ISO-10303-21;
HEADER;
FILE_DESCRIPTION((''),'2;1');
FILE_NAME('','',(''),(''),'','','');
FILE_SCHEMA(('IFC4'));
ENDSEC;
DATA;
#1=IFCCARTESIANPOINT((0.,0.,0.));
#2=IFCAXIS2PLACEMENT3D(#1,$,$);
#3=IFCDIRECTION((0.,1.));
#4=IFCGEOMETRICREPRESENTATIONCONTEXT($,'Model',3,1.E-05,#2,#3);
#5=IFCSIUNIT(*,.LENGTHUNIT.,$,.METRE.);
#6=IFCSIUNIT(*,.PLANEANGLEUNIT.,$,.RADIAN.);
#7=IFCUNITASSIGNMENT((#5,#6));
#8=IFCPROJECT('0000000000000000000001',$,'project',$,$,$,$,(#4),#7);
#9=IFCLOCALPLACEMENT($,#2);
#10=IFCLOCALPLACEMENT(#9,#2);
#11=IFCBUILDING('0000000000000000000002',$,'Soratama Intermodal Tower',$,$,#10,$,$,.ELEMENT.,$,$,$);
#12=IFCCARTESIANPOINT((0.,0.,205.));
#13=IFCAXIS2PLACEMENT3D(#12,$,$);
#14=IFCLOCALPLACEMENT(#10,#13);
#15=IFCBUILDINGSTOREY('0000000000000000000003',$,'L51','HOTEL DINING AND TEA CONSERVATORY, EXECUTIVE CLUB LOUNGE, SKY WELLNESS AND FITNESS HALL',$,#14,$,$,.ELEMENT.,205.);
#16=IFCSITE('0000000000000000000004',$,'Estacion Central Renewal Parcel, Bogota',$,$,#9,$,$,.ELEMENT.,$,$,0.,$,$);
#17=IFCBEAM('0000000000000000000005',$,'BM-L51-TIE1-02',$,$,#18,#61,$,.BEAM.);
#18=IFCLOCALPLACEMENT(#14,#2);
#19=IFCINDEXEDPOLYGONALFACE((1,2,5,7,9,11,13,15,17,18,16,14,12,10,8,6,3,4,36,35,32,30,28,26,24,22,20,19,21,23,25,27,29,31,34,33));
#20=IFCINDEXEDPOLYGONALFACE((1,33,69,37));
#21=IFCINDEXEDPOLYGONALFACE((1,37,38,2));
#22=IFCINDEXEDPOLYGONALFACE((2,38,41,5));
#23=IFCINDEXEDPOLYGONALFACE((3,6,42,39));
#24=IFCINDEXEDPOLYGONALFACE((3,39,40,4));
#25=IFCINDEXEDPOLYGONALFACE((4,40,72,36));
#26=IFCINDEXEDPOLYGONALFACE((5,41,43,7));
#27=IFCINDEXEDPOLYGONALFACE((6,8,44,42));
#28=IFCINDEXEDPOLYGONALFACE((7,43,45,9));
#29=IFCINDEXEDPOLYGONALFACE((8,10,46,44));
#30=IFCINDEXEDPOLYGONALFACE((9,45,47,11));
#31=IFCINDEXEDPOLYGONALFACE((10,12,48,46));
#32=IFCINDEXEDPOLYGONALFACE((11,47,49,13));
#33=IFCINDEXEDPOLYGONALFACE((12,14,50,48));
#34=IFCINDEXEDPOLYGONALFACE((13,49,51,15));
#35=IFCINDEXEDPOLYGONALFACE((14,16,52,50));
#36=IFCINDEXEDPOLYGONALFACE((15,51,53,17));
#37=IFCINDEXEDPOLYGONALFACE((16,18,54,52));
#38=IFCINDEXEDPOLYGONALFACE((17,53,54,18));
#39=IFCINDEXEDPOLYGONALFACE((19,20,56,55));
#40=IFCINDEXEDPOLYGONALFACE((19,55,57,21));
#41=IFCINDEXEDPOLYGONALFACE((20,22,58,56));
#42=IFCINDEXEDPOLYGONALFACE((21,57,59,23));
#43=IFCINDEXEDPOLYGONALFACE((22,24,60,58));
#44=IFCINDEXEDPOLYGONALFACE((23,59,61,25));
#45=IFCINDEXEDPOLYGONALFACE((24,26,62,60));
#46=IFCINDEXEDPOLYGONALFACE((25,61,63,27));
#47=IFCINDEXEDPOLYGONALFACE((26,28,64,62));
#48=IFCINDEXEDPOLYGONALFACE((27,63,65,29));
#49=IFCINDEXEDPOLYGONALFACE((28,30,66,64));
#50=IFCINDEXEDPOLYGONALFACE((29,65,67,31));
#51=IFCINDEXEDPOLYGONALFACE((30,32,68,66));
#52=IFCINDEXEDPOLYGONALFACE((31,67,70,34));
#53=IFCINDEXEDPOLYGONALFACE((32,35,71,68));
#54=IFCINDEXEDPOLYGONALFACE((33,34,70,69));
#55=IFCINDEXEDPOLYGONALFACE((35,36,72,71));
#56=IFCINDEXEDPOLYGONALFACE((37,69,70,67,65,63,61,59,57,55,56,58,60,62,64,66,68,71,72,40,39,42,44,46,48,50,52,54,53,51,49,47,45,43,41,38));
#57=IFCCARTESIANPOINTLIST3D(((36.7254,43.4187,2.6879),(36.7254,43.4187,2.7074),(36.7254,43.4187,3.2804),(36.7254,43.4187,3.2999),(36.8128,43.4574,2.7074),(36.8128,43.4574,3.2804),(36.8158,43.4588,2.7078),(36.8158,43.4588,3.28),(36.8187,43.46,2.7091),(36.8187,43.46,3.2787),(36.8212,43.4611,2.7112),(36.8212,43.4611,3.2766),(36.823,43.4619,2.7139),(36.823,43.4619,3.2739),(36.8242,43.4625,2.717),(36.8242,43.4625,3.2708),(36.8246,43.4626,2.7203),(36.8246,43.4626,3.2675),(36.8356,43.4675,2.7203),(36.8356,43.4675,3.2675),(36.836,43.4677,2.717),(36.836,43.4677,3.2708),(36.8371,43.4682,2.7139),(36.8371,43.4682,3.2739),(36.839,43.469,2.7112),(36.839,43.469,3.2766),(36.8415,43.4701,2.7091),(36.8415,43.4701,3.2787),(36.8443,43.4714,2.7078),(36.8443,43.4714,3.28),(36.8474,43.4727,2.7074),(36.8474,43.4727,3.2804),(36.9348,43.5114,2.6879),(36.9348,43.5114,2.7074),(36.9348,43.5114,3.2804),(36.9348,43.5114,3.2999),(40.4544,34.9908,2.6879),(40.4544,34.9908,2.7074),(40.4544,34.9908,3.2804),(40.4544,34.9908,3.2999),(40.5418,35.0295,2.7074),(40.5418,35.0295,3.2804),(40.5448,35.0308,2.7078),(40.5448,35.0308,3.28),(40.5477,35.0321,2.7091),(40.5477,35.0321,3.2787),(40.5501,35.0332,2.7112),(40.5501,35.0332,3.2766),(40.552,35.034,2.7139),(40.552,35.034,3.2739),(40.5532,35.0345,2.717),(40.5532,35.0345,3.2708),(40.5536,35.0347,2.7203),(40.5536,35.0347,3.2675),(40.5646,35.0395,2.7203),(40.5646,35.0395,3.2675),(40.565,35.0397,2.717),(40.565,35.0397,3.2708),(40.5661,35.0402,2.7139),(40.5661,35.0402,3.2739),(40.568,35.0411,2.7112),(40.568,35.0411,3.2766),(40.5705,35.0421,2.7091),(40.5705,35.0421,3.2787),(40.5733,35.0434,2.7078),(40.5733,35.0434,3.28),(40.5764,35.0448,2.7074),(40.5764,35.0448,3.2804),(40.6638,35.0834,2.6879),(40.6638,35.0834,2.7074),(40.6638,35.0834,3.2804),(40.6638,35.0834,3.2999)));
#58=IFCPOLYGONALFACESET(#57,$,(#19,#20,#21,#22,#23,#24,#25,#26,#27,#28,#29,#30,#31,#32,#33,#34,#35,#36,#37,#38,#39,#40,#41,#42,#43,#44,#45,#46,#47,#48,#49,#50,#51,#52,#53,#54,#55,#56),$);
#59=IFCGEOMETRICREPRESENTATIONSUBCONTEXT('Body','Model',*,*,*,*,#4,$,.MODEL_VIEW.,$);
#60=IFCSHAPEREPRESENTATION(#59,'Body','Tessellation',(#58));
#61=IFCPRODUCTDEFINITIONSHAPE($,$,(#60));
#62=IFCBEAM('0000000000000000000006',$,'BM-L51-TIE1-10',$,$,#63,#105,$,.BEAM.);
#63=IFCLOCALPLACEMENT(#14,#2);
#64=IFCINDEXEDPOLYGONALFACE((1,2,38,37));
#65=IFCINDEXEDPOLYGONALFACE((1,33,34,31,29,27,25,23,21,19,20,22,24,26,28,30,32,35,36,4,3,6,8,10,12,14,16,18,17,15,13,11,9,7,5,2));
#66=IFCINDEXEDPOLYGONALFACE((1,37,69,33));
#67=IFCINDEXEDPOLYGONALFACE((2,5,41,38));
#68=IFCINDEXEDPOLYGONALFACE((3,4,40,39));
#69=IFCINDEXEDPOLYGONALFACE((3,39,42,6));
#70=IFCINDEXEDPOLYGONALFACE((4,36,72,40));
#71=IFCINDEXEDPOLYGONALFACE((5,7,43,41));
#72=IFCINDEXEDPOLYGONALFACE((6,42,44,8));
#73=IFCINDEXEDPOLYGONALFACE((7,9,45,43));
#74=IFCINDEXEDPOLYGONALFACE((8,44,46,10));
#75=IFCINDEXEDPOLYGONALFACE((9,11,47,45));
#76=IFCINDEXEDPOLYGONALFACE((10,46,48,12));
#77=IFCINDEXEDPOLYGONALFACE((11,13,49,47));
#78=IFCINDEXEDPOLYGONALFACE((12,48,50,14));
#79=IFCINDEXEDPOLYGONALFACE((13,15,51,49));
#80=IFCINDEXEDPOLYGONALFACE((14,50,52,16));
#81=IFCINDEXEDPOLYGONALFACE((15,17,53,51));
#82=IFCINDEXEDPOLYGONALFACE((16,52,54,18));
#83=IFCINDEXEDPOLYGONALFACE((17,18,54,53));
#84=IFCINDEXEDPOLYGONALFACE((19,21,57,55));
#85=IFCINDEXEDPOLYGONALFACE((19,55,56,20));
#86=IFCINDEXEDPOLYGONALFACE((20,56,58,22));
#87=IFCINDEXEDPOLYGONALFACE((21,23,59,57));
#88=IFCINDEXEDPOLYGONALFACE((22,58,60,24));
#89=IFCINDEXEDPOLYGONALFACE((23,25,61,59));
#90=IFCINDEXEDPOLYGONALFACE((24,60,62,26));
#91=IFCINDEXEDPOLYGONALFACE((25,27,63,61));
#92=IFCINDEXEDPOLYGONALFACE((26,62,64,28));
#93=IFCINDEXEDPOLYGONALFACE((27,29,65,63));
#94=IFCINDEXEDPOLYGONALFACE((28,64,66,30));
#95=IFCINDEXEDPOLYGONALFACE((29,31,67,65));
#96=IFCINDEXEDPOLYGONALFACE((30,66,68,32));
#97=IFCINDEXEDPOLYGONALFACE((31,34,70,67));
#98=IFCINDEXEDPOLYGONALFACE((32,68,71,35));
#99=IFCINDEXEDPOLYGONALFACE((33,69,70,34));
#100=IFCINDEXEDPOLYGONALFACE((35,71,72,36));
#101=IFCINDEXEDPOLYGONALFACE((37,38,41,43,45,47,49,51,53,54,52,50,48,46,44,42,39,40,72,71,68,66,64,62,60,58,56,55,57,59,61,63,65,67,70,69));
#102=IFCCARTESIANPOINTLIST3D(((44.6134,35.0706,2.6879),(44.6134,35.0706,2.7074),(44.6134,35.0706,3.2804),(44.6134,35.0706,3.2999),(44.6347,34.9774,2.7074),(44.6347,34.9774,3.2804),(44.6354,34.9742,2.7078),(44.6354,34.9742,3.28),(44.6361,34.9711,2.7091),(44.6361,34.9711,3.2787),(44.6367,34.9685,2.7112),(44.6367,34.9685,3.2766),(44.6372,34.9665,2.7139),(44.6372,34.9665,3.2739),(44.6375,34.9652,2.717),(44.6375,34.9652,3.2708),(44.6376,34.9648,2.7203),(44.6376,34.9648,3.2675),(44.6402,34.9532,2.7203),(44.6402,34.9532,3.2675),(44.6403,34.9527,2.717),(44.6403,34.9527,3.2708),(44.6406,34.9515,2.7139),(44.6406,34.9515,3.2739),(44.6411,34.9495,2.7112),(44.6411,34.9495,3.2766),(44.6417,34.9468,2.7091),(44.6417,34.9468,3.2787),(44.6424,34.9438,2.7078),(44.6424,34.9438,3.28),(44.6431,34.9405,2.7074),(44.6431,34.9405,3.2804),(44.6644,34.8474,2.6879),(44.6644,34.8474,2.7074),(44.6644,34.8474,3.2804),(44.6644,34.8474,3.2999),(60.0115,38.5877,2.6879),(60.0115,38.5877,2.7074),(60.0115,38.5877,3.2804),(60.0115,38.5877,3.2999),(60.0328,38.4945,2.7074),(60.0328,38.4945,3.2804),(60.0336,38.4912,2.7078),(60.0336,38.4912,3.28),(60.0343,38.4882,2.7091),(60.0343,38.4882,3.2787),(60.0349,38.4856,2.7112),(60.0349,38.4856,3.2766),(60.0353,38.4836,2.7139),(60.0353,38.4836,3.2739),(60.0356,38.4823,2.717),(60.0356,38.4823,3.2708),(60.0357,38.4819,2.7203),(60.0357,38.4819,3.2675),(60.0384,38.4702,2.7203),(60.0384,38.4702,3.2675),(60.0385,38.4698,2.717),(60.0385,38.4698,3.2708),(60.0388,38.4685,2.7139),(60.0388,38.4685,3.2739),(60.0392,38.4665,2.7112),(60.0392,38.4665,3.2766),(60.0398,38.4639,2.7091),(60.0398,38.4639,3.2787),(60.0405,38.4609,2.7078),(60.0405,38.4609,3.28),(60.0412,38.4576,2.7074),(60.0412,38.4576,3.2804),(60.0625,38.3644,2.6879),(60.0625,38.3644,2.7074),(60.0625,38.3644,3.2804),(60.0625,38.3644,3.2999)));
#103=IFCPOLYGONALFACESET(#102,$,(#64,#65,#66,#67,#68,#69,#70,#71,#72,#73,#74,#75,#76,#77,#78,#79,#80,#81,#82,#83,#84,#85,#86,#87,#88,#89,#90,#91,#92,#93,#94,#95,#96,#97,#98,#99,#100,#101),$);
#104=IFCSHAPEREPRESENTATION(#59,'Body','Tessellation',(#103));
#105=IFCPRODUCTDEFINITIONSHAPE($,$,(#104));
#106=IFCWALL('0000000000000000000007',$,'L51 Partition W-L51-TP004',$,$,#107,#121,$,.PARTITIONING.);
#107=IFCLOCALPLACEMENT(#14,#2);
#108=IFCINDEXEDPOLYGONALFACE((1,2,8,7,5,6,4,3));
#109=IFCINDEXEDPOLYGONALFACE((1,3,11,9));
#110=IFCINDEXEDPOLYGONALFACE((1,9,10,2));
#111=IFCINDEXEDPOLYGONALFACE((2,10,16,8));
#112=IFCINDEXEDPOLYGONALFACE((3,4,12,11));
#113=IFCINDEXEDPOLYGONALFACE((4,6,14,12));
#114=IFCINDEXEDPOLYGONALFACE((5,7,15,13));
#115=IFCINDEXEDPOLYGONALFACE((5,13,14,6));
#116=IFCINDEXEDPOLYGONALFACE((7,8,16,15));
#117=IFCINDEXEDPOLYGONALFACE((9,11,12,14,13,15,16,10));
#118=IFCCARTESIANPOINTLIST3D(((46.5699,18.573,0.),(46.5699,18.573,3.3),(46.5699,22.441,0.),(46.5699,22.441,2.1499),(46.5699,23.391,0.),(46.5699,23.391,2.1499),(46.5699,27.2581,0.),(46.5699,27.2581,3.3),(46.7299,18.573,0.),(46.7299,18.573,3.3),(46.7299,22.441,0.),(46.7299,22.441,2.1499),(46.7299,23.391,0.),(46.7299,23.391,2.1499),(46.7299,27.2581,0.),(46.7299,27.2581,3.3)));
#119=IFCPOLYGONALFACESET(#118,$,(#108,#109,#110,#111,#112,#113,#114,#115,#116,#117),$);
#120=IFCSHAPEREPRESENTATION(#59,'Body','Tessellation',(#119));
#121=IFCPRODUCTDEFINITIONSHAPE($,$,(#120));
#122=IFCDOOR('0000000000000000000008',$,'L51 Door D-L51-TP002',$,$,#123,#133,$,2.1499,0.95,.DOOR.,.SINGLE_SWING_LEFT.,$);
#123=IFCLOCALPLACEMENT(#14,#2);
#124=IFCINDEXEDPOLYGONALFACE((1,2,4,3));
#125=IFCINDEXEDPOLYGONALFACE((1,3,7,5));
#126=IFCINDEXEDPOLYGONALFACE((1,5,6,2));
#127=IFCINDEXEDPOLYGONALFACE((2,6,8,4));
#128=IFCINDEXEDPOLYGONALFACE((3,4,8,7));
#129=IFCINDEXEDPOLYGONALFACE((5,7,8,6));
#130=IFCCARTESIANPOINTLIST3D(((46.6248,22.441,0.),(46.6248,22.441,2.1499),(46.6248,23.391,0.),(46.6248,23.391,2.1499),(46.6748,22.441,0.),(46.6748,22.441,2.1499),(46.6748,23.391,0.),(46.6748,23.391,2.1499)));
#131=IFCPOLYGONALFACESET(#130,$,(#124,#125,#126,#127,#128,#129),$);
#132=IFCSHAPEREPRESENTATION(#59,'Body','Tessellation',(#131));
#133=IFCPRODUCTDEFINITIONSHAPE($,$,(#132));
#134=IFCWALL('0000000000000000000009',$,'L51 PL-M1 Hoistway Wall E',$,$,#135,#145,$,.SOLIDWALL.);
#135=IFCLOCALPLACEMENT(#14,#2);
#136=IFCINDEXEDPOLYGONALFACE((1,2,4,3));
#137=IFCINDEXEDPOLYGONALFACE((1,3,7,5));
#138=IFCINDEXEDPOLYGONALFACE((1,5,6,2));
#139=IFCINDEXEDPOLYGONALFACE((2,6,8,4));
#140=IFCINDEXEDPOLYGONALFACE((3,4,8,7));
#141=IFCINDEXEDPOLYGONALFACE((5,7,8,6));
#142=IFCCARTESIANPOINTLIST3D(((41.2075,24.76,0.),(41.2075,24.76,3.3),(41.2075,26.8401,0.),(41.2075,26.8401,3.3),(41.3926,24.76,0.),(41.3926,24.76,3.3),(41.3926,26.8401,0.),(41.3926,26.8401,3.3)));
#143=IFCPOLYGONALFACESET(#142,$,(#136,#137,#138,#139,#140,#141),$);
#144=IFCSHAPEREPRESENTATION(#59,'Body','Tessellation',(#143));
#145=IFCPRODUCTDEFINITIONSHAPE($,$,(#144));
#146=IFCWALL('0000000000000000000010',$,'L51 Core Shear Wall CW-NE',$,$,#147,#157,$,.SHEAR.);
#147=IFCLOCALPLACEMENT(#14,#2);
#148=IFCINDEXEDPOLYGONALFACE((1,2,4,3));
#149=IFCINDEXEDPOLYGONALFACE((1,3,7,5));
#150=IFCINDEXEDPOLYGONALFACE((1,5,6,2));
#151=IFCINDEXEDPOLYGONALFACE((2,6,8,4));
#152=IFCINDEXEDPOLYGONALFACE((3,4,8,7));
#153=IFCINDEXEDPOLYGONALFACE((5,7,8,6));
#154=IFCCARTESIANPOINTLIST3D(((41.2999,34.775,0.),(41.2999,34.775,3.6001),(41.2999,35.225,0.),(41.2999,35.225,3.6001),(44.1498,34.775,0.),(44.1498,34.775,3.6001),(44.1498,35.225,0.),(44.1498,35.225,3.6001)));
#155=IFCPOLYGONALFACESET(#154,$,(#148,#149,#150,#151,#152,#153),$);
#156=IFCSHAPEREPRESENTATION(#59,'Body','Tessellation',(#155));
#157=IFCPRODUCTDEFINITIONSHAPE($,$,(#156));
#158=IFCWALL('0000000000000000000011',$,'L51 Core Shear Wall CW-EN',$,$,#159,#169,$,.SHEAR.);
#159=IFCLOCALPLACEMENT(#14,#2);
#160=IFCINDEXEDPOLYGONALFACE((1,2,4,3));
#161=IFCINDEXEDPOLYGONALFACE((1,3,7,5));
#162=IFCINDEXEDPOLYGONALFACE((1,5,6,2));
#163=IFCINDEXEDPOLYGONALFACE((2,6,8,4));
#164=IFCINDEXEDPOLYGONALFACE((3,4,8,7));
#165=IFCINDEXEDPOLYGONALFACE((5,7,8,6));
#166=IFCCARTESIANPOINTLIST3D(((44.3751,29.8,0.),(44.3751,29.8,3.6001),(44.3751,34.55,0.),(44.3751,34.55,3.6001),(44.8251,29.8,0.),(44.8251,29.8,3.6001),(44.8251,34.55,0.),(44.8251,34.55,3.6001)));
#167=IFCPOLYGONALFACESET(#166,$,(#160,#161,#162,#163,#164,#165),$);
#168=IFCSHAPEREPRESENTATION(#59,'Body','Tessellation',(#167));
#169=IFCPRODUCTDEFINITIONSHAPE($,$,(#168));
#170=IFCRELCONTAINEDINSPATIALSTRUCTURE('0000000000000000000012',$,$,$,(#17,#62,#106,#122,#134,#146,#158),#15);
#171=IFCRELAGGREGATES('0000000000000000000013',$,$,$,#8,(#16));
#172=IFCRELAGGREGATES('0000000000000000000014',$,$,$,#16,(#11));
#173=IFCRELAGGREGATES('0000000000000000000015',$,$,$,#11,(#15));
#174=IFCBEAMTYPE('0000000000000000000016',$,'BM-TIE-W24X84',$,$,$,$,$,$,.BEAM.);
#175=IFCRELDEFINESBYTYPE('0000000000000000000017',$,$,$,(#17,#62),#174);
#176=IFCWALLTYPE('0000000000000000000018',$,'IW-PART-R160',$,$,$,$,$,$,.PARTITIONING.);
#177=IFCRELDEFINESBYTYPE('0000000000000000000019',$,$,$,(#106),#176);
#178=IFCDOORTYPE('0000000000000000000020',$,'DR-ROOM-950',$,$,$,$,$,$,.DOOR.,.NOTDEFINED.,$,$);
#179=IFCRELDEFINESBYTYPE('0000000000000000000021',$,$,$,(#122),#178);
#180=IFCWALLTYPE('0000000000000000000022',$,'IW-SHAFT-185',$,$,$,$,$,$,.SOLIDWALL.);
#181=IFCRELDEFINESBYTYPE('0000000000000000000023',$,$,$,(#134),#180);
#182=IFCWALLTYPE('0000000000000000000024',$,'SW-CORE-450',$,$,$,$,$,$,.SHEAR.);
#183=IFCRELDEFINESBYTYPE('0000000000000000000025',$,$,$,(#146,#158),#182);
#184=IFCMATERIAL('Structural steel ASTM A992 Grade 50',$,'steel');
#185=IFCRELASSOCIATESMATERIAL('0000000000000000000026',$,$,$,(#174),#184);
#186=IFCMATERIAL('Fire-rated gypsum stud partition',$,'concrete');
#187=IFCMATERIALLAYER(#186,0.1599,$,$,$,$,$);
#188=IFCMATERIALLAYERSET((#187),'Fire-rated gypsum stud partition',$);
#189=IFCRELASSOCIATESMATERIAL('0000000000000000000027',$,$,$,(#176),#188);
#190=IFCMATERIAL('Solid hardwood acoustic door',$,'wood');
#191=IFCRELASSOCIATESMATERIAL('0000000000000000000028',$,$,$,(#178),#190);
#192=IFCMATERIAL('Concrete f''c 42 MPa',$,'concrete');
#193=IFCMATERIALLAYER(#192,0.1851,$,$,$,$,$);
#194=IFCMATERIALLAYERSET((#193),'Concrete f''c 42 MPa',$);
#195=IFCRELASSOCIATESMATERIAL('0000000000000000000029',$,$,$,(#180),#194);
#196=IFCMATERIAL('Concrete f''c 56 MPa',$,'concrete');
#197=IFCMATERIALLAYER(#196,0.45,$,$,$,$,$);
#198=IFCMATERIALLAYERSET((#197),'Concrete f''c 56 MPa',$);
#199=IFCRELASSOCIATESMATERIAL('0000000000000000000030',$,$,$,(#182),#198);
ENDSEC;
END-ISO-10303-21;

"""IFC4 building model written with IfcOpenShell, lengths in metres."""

from ifc_helpers import new_model, si_unit, direction, frame, frame_2d, origin, origin_2d, place, context, subcontext, project, spatial, rectangle, i_section, extrude, material, layer, layer_set, material_profile, profile_set, type_object, element, fill, save


model = new_model("IFC4")

# Units and contexts
model_context = context("Model", 3, precision=1e-05, world=origin(), true_north=direction((0.0, 1.0)))
body_context = subcontext(model_context, "Body", "Model", "MODEL_VIEW")
ifc_project = project(units=[si_unit("LENGTHUNIT", "METRE"), si_unit("PLANEANGLEUNIT", "RADIAN")], contexts=[model_context])

# Site, building, storey
site_placement = place(None, origin())
site = spatial("IfcSite", under=ifc_project, at=site_placement, Name="Estacion Central Renewal Parcel, Bogota", CompositionType="ELEMENT", RefElevation=0.0)
building_placement = place(site_placement, origin())
building = spatial("IfcBuilding", under=site, at=building_placement, Name="Soratama Intermodal Tower", CompositionType="ELEMENT")
storey_placement = place(building_placement, frame((0.0, 0.0, 205.0)))
storey = spatial("IfcBuildingStorey", under=building, at=storey_placement, Name="L51", Description="HOTEL DINING AND TEA CONSERVATORY, EXECUTIVE CLUB LOUNGE, SKY WELLNESS AND FITNESS HALL", CompositionType="ELEMENT", Elevation=205.0)

# Beams
ifc_material_1 = material(Name="Structural steel ASTM A992 Grade 50", Category="steel")
ifc_material_profile_1 = material_profile(ifc_material_1, i_section(OverallWidth=0.229, OverallDepth=0.6121, WebThickness=0.012, FlangeThickness=0.0195, FilletRadius=0.0129, at=origin_2d()), Name="W24X84")
ifc_profile_set_1 = profile_set([ifc_material_profile_1], Name="Structural steel ASTM A992 Grade 50")
beam_type_1 = type_object("IfcBeamType", Name="BM-TIE-W24X84", PredefinedType="BEAM", material=ifc_profile_set_1)
beam_1_placement = place(storey_placement, frame((40.5591, 35.0371, 2.9939), z_axis=(-0.404619, 0.914485, 0.0), x_axis=(-0.914485, -0.404619, 0.0)))
element("IfcBeam", 1, at=beam_1_placement, inside=storey, type_object=beam_type_1, Name="BM-L51-TIE1-02", PredefinedType="BEAM", context=body_context, shape_type="SweptSolid", body=[
    extrude(i_section(OverallWidth=0.229, OverallDepth=0.6121, WebThickness=0.012, FlangeThickness=0.0195, FilletRadius=0.0129, at=origin_2d()), origin(), (0.0, 0.0, 1.0), 9.2161),
])
beam_2_placement = place(storey_placement, frame((44.6389, 34.959, 2.9939), z_axis=(0.974893, 0.222675, 0.0), x_axis=(-0.222675, 0.974893, 0.0)))
element("IfcBeam", 2, at=beam_2_placement, inside=storey, type_object=beam_type_1, Name="BM-L51-TIE1-10", PredefinedType="BEAM", context=body_context, shape_type="SweptSolid", body=[
    extrude(i_section(OverallWidth=0.229, OverallDepth=0.6121, WebThickness=0.012, FlangeThickness=0.0195, FilletRadius=0.0129, at=origin_2d()), origin(), (0.0, 0.0, 1.0), 15.7947),
])

# Wall, opening, door
ifc_material_2 = material(Name="Fire-rated gypsum stud partition", Category="concrete")
ifc_layer_1 = layer(ifc_material_2, 0.1599)
ifc_layer_set_1 = layer_set([ifc_layer_1], Name="Fire-rated gypsum stud partition")
wall_type_1 = type_object("IfcWallType", Name="IW-PART-R160", PredefinedType="PARTITIONING", material=ifc_layer_set_1)
wall_1_placement = place(storey_placement, frame((46.6499, 27.2581, 0.0), z_axis=(0.0, 0.0, 1.0), x_axis=(0.0, -1.0, 0.0)))
wall_1 = element("IfcWall", 3, at=wall_1_placement, inside=storey, type_object=wall_type_1, Name="L51 Partition W-L51-TP004", PredefinedType="PARTITIONING", context=body_context, shape_type="SweptSolid", body=[
    extrude(rectangle(XDim=8.6851, YDim=0.1599, at=frame_2d((4.3425, 0.0))), origin(), (0.0, 0.0, 1.0), 3.3),
])
opening_1_placement = place(wall_1_placement, frame((3.8669, 0.0, 0.0)))
opening_1 = element("IfcOpeningElement", 4, at=opening_1_placement, cuts=wall_1, PredefinedType="OPENING", context=body_context, shape_type="SweptSolid", body=[
    extrude(rectangle(XDim=0.95, YDim=2.1499, at=frame_2d((0.4751, 1.075))), frame((0.0, 0.0898, 0.0), z_axis=(0.0, -1.0, 0.0), x_axis=(1.0, 0.0, 0.0)), (0.0, 0.0, 1.0), 0.1799),
])
ifc_material_3 = material(Name="Solid hardwood acoustic door", Category="wood")
door_type_1 = type_object("IfcDoorType", Name="DR-ROOM-950", OperationType="NOTDEFINED", PredefinedType="DOOR", material=ifc_material_3)
door_1_placement = place(opening_1_placement, origin())
door_1 = element("IfcDoor", 5, at=door_1_placement, inside=storey, type_object=door_type_1, Name="L51 Door D-L51-TP002", OperationType="SINGLE_SWING_LEFT", OverallHeight=2.1499, OverallWidth=0.95, PredefinedType="DOOR", context=body_context, shape_type="SweptSolid", body=[
    extrude(rectangle(XDim=0.95, YDim=2.1499, at=frame_2d((0.4751, 1.075))), frame((0.0, 0.0249, 0.0), z_axis=(0.0, -1.0, 0.0), x_axis=(1.0, 0.0, 0.0)), (0.0, 0.0, 1.0), 0.05),
])
fill(opening_1, door_1)

# Walls
ifc_material_4 = material(Name="Concrete f'c 42 MPa", Category="concrete")
ifc_layer_2 = layer(ifc_material_4, 0.1851)
ifc_layer_set_2 = layer_set([ifc_layer_2], Name="Concrete f'c 42 MPa")
wall_type_2 = type_object("IfcWallType", Name="IW-SHAFT-185", PredefinedType="SOLIDWALL", material=ifc_layer_set_2)
wall_2_placement = place(storey_placement, frame((41.3, 24.76, 0.0), z_axis=(0.0, 0.0, 1.0), x_axis=(0.0, 1.0, 0.0)))
element("IfcWall", 6, at=wall_2_placement, inside=storey, type_object=wall_type_2, Name="L51 PL-M1 Hoistway Wall E", PredefinedType="SOLIDWALL", context=body_context, shape_type="SweptSolid", body=[
    extrude(rectangle(XDim=2.0801, YDim=0.1851, at=frame_2d((1.04, 0.0))), origin(), (0.0, 0.0, 1.0), 3.3),
])
ifc_material_5 = material(Name="Concrete f'c 56 MPa", Category="concrete")
ifc_layer_3 = layer(ifc_material_5, 0.45)
ifc_layer_set_3 = layer_set([ifc_layer_3], Name="Concrete f'c 56 MPa")
wall_type_3 = type_object("IfcWallType", Name="SW-CORE-450", PredefinedType="SHEAR", material=ifc_layer_set_3)
wall_3_placement = place(storey_placement, frame((41.3, 35.0, 0.0), z_axis=(0.0, 0.0, 1.0), x_axis=(1.0, 0.0, 0.0)))
element("IfcWall", 7, at=wall_3_placement, inside=storey, type_object=wall_type_3, Name="L51 Core Shear Wall CW-NE", PredefinedType="SHEAR", context=body_context, shape_type="SweptSolid", body=[
    extrude(rectangle(XDim=2.8499, YDim=0.45, at=frame_2d((1.4248, 0.0))), origin(), (0.0, 0.0, 1.0), 3.6001),
])
wall_4_placement = place(storey_placement, frame((44.6001, 29.8, 0.0), z_axis=(0.0, 0.0, 1.0), x_axis=(0.0, 1.0, 0.0)))
element("IfcWall", 8, at=wall_4_placement, inside=storey, type_object=wall_type_3, Name="L51 Core Shear Wall CW-EN", PredefinedType="SHEAR", context=body_context, shape_type="SweptSolid", body=[
    extrude(rectangle(XDim=4.75, YDim=0.45, at=frame_2d((2.375, 0.0))), origin(), (0.0, 0.0, 1.0), 3.6001),
])

save(model, "model.ifc")
